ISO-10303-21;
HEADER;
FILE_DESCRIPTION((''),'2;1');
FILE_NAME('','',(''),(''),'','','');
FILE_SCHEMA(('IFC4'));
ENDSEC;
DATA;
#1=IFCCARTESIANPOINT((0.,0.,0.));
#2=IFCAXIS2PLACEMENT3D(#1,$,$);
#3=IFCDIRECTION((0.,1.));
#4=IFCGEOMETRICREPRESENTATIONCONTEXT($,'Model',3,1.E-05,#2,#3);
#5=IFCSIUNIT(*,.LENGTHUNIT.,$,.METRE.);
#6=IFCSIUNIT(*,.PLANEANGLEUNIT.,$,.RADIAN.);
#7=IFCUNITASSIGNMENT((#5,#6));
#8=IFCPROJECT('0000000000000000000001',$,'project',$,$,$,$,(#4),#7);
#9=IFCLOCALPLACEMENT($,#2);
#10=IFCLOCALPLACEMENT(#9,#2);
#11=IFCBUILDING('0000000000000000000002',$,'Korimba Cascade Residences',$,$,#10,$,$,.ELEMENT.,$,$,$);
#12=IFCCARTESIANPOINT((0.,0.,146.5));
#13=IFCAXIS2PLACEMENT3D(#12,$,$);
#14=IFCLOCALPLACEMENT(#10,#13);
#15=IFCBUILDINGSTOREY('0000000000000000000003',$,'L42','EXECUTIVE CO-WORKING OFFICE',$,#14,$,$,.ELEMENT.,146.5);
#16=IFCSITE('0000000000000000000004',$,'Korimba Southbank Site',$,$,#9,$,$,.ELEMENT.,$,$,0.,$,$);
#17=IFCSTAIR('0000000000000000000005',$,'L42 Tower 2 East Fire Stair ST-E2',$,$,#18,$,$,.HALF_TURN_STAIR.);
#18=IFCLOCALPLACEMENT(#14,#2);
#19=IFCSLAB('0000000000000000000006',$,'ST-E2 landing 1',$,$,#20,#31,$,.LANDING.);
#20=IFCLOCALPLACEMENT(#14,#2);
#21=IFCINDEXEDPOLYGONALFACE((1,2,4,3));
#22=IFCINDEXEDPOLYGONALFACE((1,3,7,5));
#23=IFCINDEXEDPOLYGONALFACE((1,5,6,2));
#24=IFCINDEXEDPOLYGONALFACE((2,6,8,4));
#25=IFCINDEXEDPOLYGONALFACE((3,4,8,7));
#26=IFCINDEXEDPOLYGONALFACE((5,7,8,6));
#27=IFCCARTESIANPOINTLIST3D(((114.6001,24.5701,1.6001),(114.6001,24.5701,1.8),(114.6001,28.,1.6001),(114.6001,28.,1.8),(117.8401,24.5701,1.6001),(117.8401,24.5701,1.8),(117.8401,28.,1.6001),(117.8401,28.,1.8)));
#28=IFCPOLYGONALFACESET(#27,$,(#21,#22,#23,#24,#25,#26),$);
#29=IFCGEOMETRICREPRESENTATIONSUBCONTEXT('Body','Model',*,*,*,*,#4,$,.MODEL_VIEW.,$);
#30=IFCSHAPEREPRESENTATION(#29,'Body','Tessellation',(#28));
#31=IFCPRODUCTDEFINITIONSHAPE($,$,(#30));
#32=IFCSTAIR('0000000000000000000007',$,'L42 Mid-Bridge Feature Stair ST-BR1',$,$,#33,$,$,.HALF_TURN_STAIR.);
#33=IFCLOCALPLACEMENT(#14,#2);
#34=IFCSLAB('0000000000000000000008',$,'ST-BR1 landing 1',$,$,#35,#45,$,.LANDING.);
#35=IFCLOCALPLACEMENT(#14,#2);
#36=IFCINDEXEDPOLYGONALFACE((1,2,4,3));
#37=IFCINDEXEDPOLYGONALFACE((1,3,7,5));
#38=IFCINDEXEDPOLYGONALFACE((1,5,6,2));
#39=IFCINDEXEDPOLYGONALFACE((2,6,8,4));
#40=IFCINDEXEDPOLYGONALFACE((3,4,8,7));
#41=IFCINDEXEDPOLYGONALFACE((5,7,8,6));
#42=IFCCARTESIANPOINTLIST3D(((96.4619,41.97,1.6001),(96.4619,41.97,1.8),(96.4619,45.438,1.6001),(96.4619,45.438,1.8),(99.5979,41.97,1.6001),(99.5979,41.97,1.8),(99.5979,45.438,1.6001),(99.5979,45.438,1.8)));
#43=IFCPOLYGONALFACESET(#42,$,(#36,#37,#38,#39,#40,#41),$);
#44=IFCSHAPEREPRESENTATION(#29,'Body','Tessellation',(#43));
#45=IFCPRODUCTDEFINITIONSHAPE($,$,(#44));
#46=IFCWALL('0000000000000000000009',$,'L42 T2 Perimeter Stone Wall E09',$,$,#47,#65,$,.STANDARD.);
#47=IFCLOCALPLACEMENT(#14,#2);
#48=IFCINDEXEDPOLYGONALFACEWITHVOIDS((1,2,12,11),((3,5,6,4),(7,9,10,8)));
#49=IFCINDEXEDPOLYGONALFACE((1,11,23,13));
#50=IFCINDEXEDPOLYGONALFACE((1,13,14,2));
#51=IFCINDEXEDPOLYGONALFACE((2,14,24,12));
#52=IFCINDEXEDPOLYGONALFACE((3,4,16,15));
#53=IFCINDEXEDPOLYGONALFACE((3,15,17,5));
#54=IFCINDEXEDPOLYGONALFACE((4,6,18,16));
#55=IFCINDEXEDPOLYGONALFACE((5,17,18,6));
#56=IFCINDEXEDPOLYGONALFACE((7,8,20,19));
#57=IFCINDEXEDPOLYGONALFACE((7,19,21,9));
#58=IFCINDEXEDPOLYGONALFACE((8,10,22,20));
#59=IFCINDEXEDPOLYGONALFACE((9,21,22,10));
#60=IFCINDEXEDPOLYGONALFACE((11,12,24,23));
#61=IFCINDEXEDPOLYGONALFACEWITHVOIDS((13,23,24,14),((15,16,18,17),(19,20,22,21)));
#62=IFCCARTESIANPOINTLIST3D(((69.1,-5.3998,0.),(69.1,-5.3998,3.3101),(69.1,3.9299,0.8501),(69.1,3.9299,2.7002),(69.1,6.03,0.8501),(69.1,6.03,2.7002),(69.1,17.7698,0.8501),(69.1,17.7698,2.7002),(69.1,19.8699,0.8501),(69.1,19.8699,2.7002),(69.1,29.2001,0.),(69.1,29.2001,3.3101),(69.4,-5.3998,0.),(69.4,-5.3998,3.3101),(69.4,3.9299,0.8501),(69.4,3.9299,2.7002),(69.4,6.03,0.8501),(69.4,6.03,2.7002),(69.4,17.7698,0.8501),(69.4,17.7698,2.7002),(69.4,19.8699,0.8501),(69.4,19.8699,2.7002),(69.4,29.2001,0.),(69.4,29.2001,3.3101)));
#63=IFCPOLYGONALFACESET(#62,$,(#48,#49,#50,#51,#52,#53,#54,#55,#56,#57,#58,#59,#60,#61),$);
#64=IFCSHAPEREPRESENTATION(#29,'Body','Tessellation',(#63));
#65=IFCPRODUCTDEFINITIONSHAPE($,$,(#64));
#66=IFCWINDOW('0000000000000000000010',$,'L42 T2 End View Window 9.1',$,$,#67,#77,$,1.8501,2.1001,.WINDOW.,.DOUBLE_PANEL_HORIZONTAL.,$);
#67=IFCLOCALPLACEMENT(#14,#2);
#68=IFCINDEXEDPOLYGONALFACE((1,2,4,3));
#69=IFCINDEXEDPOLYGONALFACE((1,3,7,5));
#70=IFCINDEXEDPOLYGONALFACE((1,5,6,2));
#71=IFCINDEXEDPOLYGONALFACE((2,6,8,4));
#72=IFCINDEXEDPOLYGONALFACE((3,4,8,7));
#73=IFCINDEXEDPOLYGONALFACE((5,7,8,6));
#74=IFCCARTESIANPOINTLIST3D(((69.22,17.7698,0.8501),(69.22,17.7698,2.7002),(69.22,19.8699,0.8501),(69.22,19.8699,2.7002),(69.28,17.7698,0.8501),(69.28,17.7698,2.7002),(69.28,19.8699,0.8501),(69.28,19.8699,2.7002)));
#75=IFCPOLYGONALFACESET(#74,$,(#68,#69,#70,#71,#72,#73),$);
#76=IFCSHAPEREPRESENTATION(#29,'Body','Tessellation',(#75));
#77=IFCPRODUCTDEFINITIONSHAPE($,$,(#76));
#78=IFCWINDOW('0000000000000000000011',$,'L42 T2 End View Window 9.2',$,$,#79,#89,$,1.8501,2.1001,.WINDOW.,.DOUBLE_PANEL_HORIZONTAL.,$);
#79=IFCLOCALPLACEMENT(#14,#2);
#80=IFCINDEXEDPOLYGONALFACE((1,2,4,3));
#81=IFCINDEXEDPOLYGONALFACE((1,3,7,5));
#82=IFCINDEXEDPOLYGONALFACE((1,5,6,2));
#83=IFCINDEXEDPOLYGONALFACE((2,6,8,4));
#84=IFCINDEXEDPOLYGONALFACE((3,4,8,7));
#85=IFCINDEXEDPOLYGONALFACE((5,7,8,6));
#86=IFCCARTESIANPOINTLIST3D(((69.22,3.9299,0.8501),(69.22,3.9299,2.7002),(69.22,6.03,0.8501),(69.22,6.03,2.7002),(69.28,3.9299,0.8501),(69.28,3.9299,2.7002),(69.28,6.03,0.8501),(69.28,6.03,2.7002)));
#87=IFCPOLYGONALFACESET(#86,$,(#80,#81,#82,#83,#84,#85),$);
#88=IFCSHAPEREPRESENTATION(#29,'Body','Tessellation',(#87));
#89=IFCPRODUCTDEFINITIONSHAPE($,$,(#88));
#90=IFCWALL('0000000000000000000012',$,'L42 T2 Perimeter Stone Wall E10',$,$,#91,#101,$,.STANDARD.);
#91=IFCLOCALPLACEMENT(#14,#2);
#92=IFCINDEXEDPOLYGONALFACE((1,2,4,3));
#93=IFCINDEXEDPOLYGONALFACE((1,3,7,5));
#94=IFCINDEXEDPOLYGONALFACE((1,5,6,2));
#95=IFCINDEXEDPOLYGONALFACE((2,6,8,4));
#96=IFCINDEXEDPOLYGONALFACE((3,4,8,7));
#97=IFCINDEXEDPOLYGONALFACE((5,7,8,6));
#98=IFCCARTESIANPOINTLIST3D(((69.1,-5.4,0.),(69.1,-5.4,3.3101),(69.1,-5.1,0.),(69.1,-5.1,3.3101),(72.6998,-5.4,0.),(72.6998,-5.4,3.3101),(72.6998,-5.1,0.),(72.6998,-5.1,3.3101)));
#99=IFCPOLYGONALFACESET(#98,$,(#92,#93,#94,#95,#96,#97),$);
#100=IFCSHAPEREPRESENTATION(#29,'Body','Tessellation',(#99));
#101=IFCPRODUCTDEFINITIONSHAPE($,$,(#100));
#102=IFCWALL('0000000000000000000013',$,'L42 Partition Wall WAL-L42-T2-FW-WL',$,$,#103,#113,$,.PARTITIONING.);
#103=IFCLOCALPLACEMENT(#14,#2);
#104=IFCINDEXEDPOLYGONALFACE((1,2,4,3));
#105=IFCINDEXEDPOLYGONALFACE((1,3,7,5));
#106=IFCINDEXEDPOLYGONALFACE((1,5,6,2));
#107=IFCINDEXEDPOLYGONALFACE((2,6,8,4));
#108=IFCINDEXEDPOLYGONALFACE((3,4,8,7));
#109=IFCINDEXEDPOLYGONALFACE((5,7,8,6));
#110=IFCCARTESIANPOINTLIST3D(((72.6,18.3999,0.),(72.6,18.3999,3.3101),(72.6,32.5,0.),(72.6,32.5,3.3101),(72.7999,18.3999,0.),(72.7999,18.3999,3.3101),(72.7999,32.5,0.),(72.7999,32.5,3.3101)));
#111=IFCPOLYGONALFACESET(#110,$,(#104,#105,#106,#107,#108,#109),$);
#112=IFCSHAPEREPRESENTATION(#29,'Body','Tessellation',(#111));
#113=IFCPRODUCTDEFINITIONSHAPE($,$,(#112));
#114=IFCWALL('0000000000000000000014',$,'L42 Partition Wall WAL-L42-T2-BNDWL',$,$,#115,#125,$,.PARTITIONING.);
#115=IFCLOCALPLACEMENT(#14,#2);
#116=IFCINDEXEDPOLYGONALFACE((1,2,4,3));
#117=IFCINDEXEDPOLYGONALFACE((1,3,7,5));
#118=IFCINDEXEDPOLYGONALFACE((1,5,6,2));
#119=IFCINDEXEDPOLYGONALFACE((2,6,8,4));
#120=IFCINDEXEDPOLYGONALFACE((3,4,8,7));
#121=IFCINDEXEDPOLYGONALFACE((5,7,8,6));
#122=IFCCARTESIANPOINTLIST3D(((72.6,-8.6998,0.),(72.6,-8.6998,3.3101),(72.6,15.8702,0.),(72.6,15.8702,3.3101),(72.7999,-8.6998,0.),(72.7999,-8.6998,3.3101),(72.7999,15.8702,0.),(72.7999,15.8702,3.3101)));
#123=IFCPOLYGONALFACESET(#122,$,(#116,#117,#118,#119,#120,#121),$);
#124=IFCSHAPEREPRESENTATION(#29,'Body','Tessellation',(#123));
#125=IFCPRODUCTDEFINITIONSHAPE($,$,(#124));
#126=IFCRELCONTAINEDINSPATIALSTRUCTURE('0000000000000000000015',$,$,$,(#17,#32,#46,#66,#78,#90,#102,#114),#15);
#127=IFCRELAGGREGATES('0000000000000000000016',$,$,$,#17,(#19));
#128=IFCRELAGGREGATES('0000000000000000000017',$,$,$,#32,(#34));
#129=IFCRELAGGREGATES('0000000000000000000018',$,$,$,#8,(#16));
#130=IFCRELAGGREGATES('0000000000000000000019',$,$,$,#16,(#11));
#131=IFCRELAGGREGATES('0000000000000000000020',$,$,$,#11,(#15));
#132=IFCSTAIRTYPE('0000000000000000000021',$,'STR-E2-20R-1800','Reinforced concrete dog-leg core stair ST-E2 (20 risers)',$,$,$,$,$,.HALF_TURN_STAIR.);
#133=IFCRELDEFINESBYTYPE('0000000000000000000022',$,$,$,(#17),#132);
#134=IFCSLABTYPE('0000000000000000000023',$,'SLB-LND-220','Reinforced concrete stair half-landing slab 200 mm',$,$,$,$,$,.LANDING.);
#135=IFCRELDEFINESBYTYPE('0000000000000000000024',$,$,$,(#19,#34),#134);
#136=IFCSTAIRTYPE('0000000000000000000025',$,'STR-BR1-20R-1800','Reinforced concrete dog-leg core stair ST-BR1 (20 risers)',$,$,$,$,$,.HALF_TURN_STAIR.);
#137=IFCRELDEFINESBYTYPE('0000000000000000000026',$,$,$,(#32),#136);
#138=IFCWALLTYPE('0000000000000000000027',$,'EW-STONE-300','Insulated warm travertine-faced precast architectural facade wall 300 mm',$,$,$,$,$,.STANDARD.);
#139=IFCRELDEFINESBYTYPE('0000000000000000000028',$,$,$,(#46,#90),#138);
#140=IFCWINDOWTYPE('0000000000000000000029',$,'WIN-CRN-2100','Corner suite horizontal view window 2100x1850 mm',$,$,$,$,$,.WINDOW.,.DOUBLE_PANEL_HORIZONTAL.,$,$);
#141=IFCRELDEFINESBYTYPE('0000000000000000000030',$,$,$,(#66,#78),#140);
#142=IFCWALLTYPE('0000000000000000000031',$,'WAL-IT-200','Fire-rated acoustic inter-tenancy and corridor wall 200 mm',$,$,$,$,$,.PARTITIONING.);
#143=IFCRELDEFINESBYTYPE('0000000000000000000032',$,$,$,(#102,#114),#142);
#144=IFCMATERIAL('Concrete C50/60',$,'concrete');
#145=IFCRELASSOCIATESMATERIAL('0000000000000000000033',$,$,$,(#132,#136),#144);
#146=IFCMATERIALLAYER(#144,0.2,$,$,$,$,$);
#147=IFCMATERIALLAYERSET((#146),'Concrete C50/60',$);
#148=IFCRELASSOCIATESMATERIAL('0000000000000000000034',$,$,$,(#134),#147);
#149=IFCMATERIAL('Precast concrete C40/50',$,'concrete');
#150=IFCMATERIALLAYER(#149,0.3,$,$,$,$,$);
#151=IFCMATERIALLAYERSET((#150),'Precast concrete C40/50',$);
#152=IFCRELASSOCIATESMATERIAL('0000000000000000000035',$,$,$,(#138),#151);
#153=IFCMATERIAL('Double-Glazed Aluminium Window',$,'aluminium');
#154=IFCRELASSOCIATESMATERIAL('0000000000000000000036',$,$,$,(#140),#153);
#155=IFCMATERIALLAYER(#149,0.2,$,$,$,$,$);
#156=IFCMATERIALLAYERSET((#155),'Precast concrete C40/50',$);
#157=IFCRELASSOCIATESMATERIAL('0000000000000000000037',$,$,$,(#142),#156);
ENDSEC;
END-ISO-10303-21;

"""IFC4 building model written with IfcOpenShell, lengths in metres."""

from ifc_helpers import new_model, si_unit, direction, frame, frame_2d, origin, place, context, subcontext, project, spatial, polyline, rectangle, outline, extrude, material, layer, layer_set, type_object, element, fill, aggregate, save


model = new_model("IFC4")

# Units and contexts
model_context = context("Model", 3, precision=1e-05, world=origin(), true_north=direction((0.0, 1.0)))
body_context = subcontext(model_context, "Body", "Model", "MODEL_VIEW")
ifc_project = project(units=[si_unit("LENGTHUNIT", "METRE"), si_unit("PLANEANGLEUNIT", "RADIAN")], contexts=[model_context])

# Site, building, storey
site_placement = place(None, origin())
site = spatial("IfcSite", under=ifc_project, at=site_placement, Name="Korimba Southbank Site", CompositionType="ELEMENT", RefElevation=0.0)
building_placement = place(site_placement, origin())
building = spatial("IfcBuilding", under=site, at=building_placement, Name="Korimba Cascade Residences", CompositionType="ELEMENT")
storey_placement = place(building_placement, frame((0.0, 0.0, 146.5)))
storey = spatial("IfcBuildingStorey", under=building, at=storey_placement, Name="L42", Description="EXECUTIVE CO-WORKING OFFICE", CompositionType="ELEMENT", Elevation=146.5)

# Stairs, slabs
ifc_material_1 = material(Name="Concrete C50/60", Category="concrete")
stair_type_1 = type_object("IfcStairType", Name="STR-E2-20R-1800", Description="Reinforced concrete dog-leg core stair ST-E2 (20 risers)", PredefinedType="HALF_TURN_STAIR", material=ifc_material_1)
stair_1_placement = place(storey_placement, origin())
stair_1 = element("IfcStair", 1, at=stair_1_placement, inside=storey, type_object=stair_type_1, Name="L42 Tower 2 East Fire Stair ST-E2", PredefinedType="HALF_TURN_STAIR")
ifc_layer_1 = layer(ifc_material_1, 0.2)
ifc_layer_set_1 = layer_set([ifc_layer_1], Name="Concrete C50/60")
slab_type = type_object("IfcSlabType", Name="SLB-LND-220", Description="Reinforced concrete stair half-landing slab 200 mm", PredefinedType="LANDING", material=ifc_layer_set_1)
slab_1_placement = place(storey_placement, frame((0.0, 0.0, 1.6001)))
slab_1 = element("IfcSlab", 2, at=slab_1_placement, type_object=slab_type, Name="ST-E2 landing 1", PredefinedType="LANDING", context=body_context, shape_type="SweptSolid", body=[
    extrude(outline(polyline([(117.8401, 24.5701), (117.8401, 28.0), (114.6001, 28.0), (114.6001, 24.5701), (117.8401, 24.5701)])), origin(), (0.0, 0.0, 1.0), 0.2),
])
aggregate(stair_1, [slab_1])
stair_type_2 = type_object("IfcStairType", Name="STR-BR1-20R-1800", Description="Reinforced concrete dog-leg core stair ST-BR1 (20 risers)", PredefinedType="HALF_TURN_STAIR", material=ifc_material_1)
stair_2_placement = place(storey_placement, origin())
stair_2 = element("IfcStair", 3, at=stair_2_placement, inside=storey, type_object=stair_type_2, Name="L42 Mid-Bridge Feature Stair ST-BR1", PredefinedType="HALF_TURN_STAIR")
slab_2_placement = place(storey_placement, frame((0.0, 0.0, 1.6001)))
slab_2 = element("IfcSlab", 4, at=slab_2_placement, type_object=slab_type, Name="ST-BR1 landing 1", PredefinedType="LANDING", context=body_context, shape_type="SweptSolid", body=[
    extrude(outline(polyline([(96.4619, 41.97), (99.5979, 41.97), (99.5979, 45.438), (96.4619, 45.438), (96.4619, 41.97)])), origin(), (0.0, 0.0, 1.0), 0.2),
])
aggregate(stair_2, [slab_2])

# Shared definitions
ifc_material_2 = material(Name="Precast concrete C40/50", Category="concrete")
ifc_material_3 = material(Name="Double-Glazed Aluminium Window", Category="aluminium")

# Wall, openings, windows
ifc_layer_2 = layer(ifc_material_2, 0.3)
ifc_layer_set_2 = layer_set([ifc_layer_2], Name="Precast concrete C40/50")
wall_type_1 = type_object("IfcWallType", Name="EW-STONE-300", Description="Insulated warm travertine-faced precast architectural facade wall 300 mm", PredefinedType="STANDARD", material=ifc_layer_set_2)
wall_1_placement = place(storey_placement, frame((69.25, 29.2, 0.0), z_axis=(0.0, 0.0, 1.0), x_axis=(0.0, -1.0, 0.0)))
wall_1 = element("IfcWall", 5, at=wall_1_placement, inside=storey, type_object=wall_type_1, Name="L42 T2 Perimeter Stone Wall E09", PredefinedType="STANDARD", context=body_context, shape_type="SweptSolid", body=[
    extrude(rectangle(XDim=34.5999, YDim=0.3, at=frame_2d((17.2998, 0.0))), origin(), (0.0, 0.0, 1.0), 3.3101),
])
opening_1_placement = place(wall_1_placement, frame((9.3301, 0.0, 0.8501)))
opening_1 = element("IfcOpeningElement", 6, at=opening_1_placement, cuts=wall_1, PredefinedType="OPENING", context=body_context, shape_type="SweptSolid", body=[
    extrude(rectangle(XDim=2.1001, YDim=1.8501, at=frame_2d((1.05, 0.925))), frame((0.0, 0.1602, 0.0), z_axis=(0.0, -1.0, 0.0), x_axis=(1.0, 0.0, 0.0)), (0.0, 0.0, 1.0), 0.3201),
])
opening_2_placement = place(wall_1_placement, frame((23.1699, 0.0, 0.8501)))
opening_2 = element("IfcOpeningElement", 7, at=opening_2_placement, cuts=wall_1, PredefinedType="OPENING", context=body_context, shape_type="SweptSolid", body=[
    extrude(rectangle(XDim=2.1001, YDim=1.8501, at=frame_2d((1.05, 0.925))), frame((0.0, 0.1602, 0.0), z_axis=(0.0, -1.0, 0.0), x_axis=(1.0, 0.0, 0.0)), (0.0, 0.0, 1.0), 0.3201),
])
window_type_1 = type_object("IfcWindowType", Name="WIN-CRN-2100", Description="Corner suite horizontal view window 2100x1850 mm", PartitioningType="DOUBLE_PANEL_HORIZONTAL", PredefinedType="WINDOW", material=ifc_material_3)
window_1_placement = place(opening_1_placement, origin())
window_1 = element("IfcWindow", 8, at=window_1_placement, inside=storey, type_object=window_type_1, Name="L42 T2 End View Window 9.1", OverallHeight=1.8501, OverallWidth=2.1001, PartitioningType="DOUBLE_PANEL_HORIZONTAL", PredefinedType="WINDOW", context=body_context, shape_type="SweptSolid", body=[
    extrude(rectangle(XDim=2.1001, YDim=1.8501, at=frame_2d((1.05, 0.925))), frame((0.0, 0.03, 0.0), z_axis=(0.0, -1.0, 0.0), x_axis=(1.0, 0.0, 0.0)), (0.0, 0.0, 1.0), 0.0601),
])
fill(opening_1, window_1)
window_2_placement = place(opening_2_placement, origin())
window_2 = element("IfcWindow", 9, at=window_2_placement, inside=storey, type_object=window_type_1, Name="L42 T2 End View Window 9.2", OverallHeight=1.8501, OverallWidth=2.1001, PartitioningType="DOUBLE_PANEL_HORIZONTAL", PredefinedType="WINDOW", context=body_context, shape_type="SweptSolid", body=[
    extrude(rectangle(XDim=2.1001, YDim=1.8501, at=frame_2d((1.05, 0.925))), frame((0.0, 0.03, 0.0), z_axis=(0.0, -1.0, 0.0), x_axis=(1.0, 0.0, 0.0)), (0.0, 0.0, 1.0), 0.0601),
])
fill(opening_2, window_2)

# Walls
wall_2_placement = place(storey_placement, frame((69.1001, -5.25, 0.0), z_axis=(0.0, 0.0, 1.0), x_axis=(1.0, 0.0, 0.0)))
element("IfcWall", 10, at=wall_2_placement, inside=storey, type_object=wall_type_1, Name="L42 T2 Perimeter Stone Wall E10", PredefinedType="STANDARD", context=body_context, shape_type="SweptSolid", body=[
    extrude(rectangle(XDim=3.5999, YDim=0.3, at=frame_2d((1.7998, 0.0))), origin(), (0.0, 0.0, 1.0), 3.3101),
])
ifc_layer_3 = layer(ifc_material_2, 0.2)
ifc_layer_set_3 = layer_set([ifc_layer_3], Name="Precast concrete C40/50")
wall_type_2 = type_object("IfcWallType", Name="WAL-IT-200", Description="Fire-rated acoustic inter-tenancy and corridor wall 200 mm", PredefinedType="PARTITIONING", material=ifc_layer_set_3)
wall_3_placement = place(storey_placement, frame((72.7, 18.3999, 0.0), z_axis=(0.0, 0.0, 1.0), x_axis=(0.0, 1.0, 0.0)))
element("IfcWall", 11, at=wall_3_placement, inside=storey, type_object=wall_type_2, Name="L42 Partition Wall WAL-L42-T2-FW-WL", PredefinedType="PARTITIONING", context=body_context, shape_type="SweptSolid", body=[
    extrude(rectangle(XDim=14.1001, YDim=0.2, at=frame_2d((7.05, 0.0))), origin(), (0.0, 0.0, 1.0), 3.3101),
])
wall_4_placement = place(storey_placement, frame((72.7, -8.7, 0.0), z_axis=(0.0, 0.0, 1.0), x_axis=(0.0, 1.0, 0.0)))
element("IfcWall", 12, at=wall_4_placement, inside=storey, type_object=wall_type_2, Name="L42 Partition Wall WAL-L42-T2-BNDWL", PredefinedType="PARTITIONING", context=body_context, shape_type="SweptSolid", body=[
    extrude(rectangle(XDim=24.5701, YDim=0.2, at=frame_2d((12.2852, 0.0))), origin(), (0.0, 0.0, 1.0), 3.3101),
])

save(model, "model.ifc")
